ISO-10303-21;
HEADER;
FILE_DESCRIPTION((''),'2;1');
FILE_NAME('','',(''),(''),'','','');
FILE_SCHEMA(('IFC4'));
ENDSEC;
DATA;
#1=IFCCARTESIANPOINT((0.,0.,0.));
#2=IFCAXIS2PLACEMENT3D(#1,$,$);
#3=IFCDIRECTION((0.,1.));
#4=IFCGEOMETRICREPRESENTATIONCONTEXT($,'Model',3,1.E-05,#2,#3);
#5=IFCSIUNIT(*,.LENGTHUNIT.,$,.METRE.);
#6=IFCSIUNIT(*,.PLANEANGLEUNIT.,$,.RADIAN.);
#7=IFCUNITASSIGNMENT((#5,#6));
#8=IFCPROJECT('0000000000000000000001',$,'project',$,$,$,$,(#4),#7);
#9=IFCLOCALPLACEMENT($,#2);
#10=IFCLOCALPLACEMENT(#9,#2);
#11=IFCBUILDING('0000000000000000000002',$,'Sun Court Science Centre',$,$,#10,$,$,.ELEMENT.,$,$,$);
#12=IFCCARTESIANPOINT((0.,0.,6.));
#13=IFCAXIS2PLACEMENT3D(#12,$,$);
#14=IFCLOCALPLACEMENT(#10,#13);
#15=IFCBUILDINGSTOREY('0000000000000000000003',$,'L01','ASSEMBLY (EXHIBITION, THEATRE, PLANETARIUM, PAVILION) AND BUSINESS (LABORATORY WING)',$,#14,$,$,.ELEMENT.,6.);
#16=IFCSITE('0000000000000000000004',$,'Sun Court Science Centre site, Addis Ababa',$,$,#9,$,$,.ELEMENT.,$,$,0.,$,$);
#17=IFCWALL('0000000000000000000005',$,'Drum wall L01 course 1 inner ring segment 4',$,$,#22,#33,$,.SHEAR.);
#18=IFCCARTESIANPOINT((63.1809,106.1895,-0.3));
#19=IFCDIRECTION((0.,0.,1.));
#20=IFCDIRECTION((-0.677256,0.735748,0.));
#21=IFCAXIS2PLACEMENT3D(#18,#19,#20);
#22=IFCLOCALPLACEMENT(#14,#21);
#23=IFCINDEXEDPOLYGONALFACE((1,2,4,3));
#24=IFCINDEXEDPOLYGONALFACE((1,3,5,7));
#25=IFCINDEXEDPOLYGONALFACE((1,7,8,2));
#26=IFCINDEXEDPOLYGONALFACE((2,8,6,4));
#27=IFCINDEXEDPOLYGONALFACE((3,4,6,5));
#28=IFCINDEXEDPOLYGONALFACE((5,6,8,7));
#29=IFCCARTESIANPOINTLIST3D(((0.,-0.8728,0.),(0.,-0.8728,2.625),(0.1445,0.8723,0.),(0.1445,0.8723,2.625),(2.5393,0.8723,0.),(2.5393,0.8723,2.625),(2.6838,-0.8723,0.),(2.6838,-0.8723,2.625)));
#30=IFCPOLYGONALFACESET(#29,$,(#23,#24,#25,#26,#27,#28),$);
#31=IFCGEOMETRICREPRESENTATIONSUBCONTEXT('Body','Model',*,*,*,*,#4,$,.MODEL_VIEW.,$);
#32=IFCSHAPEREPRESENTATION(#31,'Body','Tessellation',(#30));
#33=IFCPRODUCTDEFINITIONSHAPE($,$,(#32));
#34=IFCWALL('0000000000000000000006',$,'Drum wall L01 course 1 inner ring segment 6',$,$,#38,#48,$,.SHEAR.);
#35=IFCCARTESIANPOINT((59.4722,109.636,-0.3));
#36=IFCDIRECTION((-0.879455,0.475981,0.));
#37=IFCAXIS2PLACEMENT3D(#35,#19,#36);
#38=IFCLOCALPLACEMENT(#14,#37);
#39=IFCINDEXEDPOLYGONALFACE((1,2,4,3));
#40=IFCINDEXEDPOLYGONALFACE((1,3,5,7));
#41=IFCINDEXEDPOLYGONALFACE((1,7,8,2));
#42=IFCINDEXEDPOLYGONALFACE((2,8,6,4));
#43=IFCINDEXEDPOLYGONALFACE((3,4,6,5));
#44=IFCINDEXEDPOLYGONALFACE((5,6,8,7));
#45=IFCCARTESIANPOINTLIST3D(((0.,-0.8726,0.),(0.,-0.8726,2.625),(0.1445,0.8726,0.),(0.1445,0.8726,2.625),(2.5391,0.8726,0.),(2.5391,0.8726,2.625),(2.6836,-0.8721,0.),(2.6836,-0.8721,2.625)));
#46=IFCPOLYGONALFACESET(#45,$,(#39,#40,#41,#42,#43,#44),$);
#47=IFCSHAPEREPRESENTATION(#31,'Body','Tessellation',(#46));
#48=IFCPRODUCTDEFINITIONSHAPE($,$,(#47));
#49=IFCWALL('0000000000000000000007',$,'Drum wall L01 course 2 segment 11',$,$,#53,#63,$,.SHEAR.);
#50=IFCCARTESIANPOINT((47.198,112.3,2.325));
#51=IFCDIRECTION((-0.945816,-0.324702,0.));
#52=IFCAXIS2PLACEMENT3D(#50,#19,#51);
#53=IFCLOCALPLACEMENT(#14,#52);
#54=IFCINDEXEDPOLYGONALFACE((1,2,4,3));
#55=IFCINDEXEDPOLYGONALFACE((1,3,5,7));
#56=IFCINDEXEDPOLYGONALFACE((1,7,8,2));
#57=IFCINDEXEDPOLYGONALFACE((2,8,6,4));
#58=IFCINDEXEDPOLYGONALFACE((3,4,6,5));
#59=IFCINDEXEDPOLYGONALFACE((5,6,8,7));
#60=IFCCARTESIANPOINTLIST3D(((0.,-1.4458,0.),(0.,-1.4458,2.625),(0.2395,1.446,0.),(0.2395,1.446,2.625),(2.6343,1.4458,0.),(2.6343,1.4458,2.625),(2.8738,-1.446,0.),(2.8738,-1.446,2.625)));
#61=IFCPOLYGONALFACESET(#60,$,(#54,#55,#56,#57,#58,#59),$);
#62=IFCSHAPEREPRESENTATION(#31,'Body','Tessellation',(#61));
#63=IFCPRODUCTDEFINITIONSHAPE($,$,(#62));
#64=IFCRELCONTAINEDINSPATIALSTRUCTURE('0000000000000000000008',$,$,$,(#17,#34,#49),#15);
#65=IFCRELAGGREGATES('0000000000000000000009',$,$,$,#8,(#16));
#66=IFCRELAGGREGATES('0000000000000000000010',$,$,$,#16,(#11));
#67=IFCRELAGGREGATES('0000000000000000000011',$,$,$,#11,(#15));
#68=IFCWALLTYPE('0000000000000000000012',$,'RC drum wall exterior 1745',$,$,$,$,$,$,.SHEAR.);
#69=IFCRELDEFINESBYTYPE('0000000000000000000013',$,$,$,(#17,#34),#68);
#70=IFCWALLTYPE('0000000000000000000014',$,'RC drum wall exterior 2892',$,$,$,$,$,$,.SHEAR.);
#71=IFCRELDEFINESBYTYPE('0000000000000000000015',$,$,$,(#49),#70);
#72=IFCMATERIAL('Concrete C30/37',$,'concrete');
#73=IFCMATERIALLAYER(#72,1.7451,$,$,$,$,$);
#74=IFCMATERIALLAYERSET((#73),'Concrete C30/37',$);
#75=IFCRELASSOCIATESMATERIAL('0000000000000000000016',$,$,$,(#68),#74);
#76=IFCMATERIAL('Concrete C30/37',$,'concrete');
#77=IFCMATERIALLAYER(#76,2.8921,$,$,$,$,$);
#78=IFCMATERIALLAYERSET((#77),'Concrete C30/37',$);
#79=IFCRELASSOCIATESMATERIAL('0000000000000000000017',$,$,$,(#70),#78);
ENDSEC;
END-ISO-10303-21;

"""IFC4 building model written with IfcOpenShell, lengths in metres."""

from ifc_helpers import new_model, si_unit, direction, frame, origin, place, context, subcontext, project, spatial, polyline, outline, extrude, material, layer, layer_set, type_object, element, save


model = new_model("IFC4")

# Units and contexts
model_context = context("Model", 3, precision=1e-05, world=origin(), true_north=direction((0.0, 1.0)))
body_context = subcontext(model_context, "Body", "Model", "MODEL_VIEW")
ifc_project = project(units=[si_unit("LENGTHUNIT", "METRE"), si_unit("PLANEANGLEUNIT", "RADIAN")], contexts=[model_context])

# Site, building, storey
site_placement = place(None, origin())
site = spatial("IfcSite", under=ifc_project, at=site_placement, Name="Sun Court Science Centre site, Addis Ababa", CompositionType="ELEMENT", RefElevation=0.0)
building_placement = place(site_placement, origin())
building = spatial("IfcBuilding", under=site, at=building_placement, Name="Sun Court Science Centre", CompositionType="ELEMENT")
storey_placement = place(building_placement, frame((0.0, 0.0, 6.0)))
storey = spatial("IfcBuildingStorey", under=building, at=storey_placement, Name="L01", Description="ASSEMBLY (EXHIBITION, THEATRE, PLANETARIUM, PAVILION) AND BUSINESS (LABORATORY WING)", CompositionType="ELEMENT", Elevation=6.0)

# Walls
ifc_material_1 = material(Name="Concrete C30/37", Category="concrete")
ifc_layer_1 = layer(ifc_material_1, 1.7451)
ifc_layer_set_1 = layer_set([ifc_layer_1], Name="Concrete C30/37")
wall_type_1 = type_object("IfcWallType", Name="RC drum wall exterior 1745", PredefinedType="SHEAR", material=ifc_layer_set_1)
wall_1_placement = place(storey_placement, frame((63.1809, 106.1895, -0.3), z_axis=(0.0, 0.0, 1.0), x_axis=(-0.677256, 0.735748, 0.0)))
element("IfcWall", 1, at=wall_1_placement, inside=storey, type_object=wall_type_1, Name="Drum wall L01 course 1 inner ring segment 4", PredefinedType="SHEAR", context=body_context, shape_type="SweptSolid", body=[
    extrude(outline(polyline([(0.0, -0.8728), (2.6838, -0.8723), (2.5393, 0.8723), (0.1445, 0.8723), (0.0, -0.8728)])), origin(), (0.0, 0.0, 1.0), 2.625),
])
wall_2_placement = place(storey_placement, frame((59.4722, 109.636, -0.3), z_axis=(0.0, 0.0, 1.0), x_axis=(-0.879455, 0.475981, 0.0)))
element("IfcWall", 2, at=wall_2_placement, inside=storey, type_object=wall_type_1, Name="Drum wall L01 course 1 inner ring segment 6", PredefinedType="SHEAR", context=body_context, shape_type="SweptSolid", body=[
    extrude(outline(polyline([(0.0, -0.8726), (2.6836, -0.8721), (2.5391, 0.8726), (0.1445, 0.8726), (0.0, -0.8726)])), origin(), (0.0, 0.0, 1.0), 2.625),
])
ifc_material_2 = material(Name="Concrete C30/37", Category="concrete")
ifc_layer_2 = layer(ifc_material_2, 2.8921)
ifc_layer_set_2 = layer_set([ifc_layer_2], Name="Concrete C30/37")
wall_type_2 = type_object("IfcWallType", Name="RC drum wall exterior 2892", PredefinedType="SHEAR", material=ifc_layer_set_2)
wall_3_placement = place(storey_placement, frame((47.198, 112.3, 2.325), z_axis=(0.0, 0.0, 1.0), x_axis=(-0.945816, -0.324702, 0.0)))
element("IfcWall", 3, at=wall_3_placement, inside=storey, type_object=wall_type_2, Name="Drum wall L01 course 2 segment 11", PredefinedType="SHEAR", context=body_context, shape_type="SweptSolid", body=[
    extrude(outline(polyline([(0.0, -1.4458), (2.8738, -1.446), (2.6343, 1.4458), (0.2395, 1.446), (0.0, -1.4458)])), origin(), (0.0, 0.0, 1.0), 2.625),
])

save(model, "model.ifc")
